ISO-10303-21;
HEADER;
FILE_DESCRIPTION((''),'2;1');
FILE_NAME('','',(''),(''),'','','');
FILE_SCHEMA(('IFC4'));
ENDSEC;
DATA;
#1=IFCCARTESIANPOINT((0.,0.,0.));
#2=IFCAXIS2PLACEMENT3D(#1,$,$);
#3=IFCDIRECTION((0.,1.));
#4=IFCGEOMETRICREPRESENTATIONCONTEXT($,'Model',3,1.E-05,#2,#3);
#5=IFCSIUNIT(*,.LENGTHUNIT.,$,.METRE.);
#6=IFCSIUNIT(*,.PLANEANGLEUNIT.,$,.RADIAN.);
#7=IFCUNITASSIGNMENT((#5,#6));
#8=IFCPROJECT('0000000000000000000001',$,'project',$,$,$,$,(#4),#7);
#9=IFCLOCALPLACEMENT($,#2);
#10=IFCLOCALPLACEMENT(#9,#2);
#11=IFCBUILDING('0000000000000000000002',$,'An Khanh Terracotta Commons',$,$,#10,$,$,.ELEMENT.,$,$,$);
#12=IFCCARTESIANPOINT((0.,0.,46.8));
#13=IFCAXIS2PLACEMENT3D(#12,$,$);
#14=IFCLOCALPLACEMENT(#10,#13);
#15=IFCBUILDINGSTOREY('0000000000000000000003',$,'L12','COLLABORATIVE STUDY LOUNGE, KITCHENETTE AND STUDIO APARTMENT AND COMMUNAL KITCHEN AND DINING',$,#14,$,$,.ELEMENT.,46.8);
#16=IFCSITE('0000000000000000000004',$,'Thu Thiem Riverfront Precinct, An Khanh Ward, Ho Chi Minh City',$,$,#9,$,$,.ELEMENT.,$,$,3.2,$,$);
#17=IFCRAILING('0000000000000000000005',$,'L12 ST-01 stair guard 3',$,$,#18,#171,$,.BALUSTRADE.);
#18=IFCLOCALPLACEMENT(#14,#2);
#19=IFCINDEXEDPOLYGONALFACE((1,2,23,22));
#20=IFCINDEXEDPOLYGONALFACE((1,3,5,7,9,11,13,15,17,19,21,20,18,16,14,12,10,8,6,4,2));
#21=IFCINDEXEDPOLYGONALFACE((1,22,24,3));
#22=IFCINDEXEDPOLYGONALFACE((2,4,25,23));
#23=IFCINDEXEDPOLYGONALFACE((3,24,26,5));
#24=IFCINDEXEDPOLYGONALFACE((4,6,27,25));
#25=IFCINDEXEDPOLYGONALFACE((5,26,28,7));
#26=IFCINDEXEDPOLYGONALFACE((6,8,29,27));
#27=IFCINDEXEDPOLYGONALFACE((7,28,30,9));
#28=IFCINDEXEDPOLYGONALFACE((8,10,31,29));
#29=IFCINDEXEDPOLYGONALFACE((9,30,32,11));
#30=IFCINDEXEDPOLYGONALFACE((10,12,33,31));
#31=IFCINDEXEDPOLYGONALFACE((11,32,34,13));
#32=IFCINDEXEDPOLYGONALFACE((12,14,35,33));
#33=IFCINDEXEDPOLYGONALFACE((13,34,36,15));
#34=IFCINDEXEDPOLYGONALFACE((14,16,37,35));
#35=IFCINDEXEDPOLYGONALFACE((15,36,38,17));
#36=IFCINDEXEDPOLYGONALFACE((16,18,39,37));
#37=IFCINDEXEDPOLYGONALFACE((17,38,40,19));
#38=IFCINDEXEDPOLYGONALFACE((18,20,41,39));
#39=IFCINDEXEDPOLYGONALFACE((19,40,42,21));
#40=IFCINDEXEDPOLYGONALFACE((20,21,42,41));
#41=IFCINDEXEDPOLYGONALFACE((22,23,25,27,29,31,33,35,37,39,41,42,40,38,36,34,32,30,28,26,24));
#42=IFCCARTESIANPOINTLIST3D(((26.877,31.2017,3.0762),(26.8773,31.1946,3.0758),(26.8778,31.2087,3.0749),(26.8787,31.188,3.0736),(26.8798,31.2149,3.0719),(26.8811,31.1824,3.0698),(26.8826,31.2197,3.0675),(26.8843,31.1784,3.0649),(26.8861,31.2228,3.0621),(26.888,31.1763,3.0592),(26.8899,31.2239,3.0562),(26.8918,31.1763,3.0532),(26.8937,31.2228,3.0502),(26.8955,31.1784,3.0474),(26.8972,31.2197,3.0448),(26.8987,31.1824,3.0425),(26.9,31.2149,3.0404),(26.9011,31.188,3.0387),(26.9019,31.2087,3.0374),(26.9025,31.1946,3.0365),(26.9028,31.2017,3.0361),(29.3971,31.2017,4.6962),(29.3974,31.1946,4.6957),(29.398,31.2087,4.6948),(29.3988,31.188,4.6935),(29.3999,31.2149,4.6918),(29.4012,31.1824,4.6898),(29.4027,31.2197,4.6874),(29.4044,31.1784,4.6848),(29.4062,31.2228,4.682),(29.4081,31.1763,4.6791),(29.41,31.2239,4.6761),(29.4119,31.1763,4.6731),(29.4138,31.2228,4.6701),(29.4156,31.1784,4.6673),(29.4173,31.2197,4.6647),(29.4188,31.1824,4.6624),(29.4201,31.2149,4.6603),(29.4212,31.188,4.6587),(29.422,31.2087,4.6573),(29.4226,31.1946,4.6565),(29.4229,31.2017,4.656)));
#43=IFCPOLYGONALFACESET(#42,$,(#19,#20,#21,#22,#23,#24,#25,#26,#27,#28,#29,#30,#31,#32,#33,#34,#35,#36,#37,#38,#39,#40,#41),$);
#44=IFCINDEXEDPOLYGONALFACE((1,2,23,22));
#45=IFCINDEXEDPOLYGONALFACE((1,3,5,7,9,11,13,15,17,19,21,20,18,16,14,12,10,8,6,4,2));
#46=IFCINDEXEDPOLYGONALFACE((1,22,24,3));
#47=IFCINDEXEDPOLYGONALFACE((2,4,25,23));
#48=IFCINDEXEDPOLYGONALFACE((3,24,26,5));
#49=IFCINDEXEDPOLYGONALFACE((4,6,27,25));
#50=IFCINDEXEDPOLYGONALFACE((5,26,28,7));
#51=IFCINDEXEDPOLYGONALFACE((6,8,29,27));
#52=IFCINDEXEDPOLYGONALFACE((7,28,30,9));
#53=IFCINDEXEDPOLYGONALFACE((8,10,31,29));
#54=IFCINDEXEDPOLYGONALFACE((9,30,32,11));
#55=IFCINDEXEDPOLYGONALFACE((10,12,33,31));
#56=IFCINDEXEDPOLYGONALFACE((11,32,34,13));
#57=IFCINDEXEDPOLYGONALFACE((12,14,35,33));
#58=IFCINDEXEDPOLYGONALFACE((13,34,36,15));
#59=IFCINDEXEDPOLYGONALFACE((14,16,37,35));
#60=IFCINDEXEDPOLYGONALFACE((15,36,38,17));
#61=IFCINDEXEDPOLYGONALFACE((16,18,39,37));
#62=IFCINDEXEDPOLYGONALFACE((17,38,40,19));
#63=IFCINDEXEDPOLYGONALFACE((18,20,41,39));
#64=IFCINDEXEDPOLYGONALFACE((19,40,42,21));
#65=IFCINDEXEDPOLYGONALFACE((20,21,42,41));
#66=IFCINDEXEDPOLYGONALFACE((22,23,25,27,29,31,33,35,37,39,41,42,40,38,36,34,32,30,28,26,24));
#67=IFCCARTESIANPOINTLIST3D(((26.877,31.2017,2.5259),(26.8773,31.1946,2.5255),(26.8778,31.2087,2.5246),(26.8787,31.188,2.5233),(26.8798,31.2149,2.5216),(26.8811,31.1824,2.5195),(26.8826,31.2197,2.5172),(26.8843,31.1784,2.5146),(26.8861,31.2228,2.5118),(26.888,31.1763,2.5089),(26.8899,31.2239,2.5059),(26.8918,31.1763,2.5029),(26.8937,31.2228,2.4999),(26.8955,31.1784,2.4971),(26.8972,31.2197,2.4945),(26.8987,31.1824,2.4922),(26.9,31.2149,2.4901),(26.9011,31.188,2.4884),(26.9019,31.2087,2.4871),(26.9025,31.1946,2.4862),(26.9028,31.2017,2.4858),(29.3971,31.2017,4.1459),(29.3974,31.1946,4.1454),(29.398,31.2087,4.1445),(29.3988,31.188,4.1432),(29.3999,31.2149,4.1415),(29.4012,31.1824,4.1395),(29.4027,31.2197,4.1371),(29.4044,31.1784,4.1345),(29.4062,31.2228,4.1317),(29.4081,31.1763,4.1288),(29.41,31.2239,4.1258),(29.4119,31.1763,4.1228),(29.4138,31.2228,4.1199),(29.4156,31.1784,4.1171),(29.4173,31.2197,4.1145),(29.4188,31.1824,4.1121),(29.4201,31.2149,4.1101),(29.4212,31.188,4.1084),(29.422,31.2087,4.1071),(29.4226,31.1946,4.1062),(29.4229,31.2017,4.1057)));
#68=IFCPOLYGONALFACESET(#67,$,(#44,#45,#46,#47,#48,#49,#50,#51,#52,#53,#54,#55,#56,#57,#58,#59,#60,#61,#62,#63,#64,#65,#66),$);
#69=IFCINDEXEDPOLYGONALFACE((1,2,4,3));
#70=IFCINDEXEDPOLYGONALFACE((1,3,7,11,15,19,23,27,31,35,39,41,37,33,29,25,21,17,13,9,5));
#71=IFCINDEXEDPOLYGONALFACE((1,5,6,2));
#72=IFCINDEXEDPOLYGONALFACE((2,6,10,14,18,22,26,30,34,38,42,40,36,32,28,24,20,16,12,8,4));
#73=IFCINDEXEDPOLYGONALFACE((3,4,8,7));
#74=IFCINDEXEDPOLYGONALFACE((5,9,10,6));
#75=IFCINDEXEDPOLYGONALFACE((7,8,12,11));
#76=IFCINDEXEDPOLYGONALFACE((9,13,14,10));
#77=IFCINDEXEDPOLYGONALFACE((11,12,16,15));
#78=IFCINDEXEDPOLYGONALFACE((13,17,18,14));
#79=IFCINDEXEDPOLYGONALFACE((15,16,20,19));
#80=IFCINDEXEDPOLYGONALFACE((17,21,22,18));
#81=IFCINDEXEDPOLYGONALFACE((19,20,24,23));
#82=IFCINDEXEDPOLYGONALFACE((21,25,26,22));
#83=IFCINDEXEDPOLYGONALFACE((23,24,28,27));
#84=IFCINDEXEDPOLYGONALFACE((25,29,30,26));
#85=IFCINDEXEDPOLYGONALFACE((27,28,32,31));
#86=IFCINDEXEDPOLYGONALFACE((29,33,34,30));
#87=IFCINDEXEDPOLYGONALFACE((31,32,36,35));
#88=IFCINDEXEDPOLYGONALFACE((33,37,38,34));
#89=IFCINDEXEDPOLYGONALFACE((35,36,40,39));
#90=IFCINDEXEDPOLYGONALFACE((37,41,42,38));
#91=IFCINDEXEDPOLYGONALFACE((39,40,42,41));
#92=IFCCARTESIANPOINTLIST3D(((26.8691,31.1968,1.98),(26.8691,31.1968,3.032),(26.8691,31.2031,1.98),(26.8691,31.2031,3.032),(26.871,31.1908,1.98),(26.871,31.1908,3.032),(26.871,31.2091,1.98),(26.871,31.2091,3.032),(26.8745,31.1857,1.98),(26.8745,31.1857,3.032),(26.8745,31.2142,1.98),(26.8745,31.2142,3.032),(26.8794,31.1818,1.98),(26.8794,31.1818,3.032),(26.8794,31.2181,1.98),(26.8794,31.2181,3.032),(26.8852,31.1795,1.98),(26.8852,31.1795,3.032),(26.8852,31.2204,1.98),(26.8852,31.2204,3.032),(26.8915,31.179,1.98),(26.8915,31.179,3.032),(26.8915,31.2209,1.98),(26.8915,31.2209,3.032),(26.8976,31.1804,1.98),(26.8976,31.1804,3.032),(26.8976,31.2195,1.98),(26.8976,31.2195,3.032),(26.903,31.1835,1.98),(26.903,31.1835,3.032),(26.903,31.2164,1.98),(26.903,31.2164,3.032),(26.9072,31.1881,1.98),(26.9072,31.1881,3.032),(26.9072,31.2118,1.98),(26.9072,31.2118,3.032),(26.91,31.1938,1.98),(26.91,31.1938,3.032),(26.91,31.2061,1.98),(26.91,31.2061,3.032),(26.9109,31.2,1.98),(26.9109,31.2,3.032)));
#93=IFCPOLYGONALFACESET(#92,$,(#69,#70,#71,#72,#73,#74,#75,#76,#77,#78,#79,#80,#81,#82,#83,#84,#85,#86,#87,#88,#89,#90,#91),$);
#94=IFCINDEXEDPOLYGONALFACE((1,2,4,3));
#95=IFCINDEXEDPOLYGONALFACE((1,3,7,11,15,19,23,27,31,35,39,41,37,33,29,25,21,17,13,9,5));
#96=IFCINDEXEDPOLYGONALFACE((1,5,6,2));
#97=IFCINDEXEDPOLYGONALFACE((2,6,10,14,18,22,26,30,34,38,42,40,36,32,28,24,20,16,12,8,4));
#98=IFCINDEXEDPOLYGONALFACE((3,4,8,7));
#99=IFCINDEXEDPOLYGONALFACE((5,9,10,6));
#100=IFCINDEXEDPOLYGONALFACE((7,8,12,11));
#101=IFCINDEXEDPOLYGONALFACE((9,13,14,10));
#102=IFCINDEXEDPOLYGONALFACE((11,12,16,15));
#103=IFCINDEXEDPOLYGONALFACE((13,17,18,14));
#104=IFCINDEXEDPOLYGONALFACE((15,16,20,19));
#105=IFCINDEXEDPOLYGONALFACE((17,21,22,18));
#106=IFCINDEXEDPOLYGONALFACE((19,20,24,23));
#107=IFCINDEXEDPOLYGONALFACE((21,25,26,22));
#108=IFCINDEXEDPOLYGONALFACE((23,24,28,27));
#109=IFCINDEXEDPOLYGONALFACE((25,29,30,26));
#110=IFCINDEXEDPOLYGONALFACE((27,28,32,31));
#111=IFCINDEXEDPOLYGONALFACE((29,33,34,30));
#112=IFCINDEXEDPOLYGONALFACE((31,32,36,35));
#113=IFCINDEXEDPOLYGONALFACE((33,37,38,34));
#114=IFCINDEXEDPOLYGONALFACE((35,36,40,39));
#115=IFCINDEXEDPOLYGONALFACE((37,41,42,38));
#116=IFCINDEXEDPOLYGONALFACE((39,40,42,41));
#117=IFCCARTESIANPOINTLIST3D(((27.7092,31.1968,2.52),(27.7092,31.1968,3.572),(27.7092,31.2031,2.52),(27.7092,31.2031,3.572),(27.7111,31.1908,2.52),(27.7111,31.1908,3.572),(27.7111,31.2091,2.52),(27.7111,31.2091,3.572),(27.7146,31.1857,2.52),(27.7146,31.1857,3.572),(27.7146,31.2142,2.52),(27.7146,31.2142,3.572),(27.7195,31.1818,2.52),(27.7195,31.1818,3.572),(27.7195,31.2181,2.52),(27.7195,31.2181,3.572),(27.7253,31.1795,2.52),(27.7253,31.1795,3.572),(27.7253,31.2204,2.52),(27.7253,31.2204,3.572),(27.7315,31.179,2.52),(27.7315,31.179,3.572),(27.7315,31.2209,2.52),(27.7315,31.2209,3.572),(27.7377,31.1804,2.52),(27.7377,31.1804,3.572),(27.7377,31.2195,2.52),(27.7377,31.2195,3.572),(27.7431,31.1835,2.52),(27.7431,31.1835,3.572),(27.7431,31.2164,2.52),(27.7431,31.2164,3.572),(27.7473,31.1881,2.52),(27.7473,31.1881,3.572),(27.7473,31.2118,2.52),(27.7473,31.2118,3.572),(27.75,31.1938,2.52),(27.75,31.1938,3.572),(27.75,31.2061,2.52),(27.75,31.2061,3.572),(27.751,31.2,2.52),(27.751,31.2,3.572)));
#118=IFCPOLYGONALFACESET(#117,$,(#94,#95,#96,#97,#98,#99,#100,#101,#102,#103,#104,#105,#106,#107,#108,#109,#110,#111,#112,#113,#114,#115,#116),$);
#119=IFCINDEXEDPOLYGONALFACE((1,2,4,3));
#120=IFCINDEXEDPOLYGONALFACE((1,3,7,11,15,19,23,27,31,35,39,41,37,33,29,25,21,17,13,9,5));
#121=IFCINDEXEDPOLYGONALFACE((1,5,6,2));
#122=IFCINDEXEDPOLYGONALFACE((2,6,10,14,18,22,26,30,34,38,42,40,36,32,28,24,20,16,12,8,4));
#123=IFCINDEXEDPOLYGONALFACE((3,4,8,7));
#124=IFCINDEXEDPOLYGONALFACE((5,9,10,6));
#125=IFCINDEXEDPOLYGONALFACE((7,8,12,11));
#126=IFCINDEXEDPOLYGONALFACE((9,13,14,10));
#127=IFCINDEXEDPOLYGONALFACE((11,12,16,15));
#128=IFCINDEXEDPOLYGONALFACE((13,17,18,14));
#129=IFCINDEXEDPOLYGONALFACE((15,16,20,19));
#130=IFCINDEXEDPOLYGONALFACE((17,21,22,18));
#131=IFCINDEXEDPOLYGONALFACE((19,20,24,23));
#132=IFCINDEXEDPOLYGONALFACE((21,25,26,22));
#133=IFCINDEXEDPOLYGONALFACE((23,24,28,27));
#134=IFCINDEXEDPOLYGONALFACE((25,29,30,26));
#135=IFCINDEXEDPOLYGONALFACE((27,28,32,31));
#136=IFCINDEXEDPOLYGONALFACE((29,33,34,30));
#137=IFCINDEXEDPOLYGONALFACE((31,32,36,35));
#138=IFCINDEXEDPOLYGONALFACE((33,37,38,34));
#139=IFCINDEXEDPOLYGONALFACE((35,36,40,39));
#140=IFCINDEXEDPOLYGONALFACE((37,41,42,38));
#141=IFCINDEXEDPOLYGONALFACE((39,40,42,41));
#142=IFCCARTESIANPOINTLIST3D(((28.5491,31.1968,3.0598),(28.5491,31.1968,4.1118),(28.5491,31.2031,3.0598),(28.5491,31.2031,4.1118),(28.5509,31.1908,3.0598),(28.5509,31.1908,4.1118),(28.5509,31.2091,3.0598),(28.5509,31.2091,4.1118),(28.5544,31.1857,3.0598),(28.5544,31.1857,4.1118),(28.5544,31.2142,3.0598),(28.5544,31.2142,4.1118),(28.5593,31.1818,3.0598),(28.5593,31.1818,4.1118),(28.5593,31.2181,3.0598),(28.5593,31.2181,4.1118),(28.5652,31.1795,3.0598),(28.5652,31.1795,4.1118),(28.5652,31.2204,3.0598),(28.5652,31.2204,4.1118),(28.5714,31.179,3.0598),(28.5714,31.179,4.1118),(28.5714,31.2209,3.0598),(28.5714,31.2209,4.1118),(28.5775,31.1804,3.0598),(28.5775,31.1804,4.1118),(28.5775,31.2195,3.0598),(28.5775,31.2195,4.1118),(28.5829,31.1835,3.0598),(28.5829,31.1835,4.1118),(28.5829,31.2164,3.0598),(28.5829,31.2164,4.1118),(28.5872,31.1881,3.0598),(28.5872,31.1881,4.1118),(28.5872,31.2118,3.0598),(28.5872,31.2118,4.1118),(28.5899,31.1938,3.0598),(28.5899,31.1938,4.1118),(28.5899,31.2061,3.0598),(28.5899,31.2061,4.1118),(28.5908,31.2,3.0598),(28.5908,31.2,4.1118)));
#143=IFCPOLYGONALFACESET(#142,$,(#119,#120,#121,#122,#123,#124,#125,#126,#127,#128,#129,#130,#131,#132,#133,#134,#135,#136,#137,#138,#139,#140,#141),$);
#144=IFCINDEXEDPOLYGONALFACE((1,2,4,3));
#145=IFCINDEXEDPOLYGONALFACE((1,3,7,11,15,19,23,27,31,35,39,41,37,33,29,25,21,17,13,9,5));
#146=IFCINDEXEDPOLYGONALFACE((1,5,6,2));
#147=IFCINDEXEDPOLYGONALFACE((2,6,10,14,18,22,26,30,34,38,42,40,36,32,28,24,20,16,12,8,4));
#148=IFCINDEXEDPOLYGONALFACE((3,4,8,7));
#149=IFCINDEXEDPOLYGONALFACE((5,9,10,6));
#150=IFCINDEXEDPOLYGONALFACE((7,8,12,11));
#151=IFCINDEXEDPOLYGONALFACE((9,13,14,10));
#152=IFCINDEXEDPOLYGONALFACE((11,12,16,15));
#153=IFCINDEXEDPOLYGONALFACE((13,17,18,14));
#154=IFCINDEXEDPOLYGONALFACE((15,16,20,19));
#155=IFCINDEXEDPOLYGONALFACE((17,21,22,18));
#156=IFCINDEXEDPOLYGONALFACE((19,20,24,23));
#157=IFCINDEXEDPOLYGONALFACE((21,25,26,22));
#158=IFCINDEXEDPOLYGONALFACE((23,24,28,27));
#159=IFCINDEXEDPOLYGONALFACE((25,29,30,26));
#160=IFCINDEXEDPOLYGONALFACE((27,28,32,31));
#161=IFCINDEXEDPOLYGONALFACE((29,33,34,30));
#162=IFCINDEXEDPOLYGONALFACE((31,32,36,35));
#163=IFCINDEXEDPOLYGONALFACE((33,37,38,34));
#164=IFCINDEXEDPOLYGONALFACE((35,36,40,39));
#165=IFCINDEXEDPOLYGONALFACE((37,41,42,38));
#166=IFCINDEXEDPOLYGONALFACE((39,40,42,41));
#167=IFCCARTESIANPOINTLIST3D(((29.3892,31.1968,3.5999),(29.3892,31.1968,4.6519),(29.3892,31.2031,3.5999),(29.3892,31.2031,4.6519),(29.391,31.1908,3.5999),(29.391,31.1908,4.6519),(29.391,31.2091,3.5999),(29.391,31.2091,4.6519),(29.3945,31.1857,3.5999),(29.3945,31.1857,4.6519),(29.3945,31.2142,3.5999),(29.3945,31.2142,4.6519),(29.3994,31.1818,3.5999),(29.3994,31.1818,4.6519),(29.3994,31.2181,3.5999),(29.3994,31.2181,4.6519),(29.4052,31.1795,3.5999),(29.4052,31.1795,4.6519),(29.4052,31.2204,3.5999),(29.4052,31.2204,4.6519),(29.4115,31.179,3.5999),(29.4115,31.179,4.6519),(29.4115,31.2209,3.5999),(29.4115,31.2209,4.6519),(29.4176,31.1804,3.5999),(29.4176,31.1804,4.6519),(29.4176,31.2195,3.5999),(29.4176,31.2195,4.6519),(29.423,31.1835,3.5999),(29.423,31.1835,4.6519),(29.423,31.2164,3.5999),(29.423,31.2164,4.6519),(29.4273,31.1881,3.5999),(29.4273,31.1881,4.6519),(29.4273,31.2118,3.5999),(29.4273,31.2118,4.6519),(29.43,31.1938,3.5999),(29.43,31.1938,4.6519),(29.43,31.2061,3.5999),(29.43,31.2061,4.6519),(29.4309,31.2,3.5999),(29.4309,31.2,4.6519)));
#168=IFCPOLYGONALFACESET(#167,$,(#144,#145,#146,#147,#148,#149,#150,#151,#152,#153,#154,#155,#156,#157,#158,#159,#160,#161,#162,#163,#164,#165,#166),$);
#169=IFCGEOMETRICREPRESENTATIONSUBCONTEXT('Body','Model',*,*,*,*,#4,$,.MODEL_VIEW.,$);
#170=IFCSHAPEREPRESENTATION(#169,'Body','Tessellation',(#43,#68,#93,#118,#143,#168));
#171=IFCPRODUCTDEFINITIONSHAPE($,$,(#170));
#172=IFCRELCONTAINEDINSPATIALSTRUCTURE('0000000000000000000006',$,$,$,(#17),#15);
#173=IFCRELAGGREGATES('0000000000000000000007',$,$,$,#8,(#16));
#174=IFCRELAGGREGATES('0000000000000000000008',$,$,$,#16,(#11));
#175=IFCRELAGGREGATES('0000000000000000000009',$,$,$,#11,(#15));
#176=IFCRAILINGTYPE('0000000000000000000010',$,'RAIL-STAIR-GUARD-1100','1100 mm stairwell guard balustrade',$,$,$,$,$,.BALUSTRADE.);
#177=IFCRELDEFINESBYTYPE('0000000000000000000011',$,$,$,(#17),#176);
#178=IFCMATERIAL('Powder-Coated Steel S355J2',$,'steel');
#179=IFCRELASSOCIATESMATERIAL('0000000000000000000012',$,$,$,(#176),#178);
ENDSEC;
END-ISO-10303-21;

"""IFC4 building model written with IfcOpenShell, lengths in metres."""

from ifc_helpers import new_model, si_unit, direction, frame, origin, origin_2d, place, context, subcontext, project, spatial, circle, extrude, material, type_object, element, save


model = new_model("IFC4")

# Units and contexts
model_context = context("Model", 3, precision=1e-05, world=origin(), true_north=direction((0.0, 1.0)))
body_context = subcontext(model_context, "Body", "Model", "MODEL_VIEW")
ifc_project = project(units=[si_unit("LENGTHUNIT", "METRE"), si_unit("PLANEANGLEUNIT", "RADIAN")], contexts=[model_context])

# Site, building, storey
site_placement = place(None, origin())
site = spatial("IfcSite", under=ifc_project, at=site_placement, Name="Thu Thiem Riverfront Precinct, An Khanh Ward, Ho Chi Minh City", CompositionType="ELEMENT", RefElevation=3.2)
building_placement = place(site_placement, origin())
building = spatial("IfcBuilding", under=site, at=building_placement, Name="An Khanh Terracotta Commons", CompositionType="ELEMENT")
storey_placement = place(building_placement, frame((0.0, 0.0, 46.8)))
storey = spatial("IfcBuildingStorey", under=building, at=storey_placement, Name="L12", Description="COLLABORATIVE STUDY LOUNGE, KITCHENETTE AND STUDIO APARTMENT AND COMMUNAL KITCHEN AND DINING", CompositionType="ELEMENT", Elevation=46.8)

# Railing
ifc_material_1 = material(Name="Powder-Coated Steel S355J2", Category="steel")
railing_type_1 = type_object("IfcRailingType", Name="RAIL-STAIR-GUARD-1100", Description="1100 mm stairwell guard balustrade", PredefinedType="BALUSTRADE", material=ifc_material_1)
railing_1_placement = place(storey_placement, frame((26.8899, 31.2, 1.98)))
element("IfcRailing", 1, at=railing_1_placement, inside=storey, type_object=railing_type_1, Name="L12 ST-01 stair guard 3", PredefinedType="BALUSTRADE", context=body_context, shape_type="SweptSolid", body=[
    extrude(circle(Radius=0.0239, at=origin_2d()), frame((0.0, 0.0, 1.0762), z_axis=(0.8412, 0.0, 0.540725), x_axis=(0.0, 1.0, 0.0)), (0.0, 0.0, 1.0), 2.9958),
    extrude(circle(Radius=0.0239, at=origin_2d()), frame((0.0, 0.0, 0.5259), z_axis=(0.8412, 0.0, 0.540725), x_axis=(0.0, 1.0, 0.0)), (0.0, 0.0, 1.0), 2.9958),
    extrude(circle(Radius=0.021, at=origin_2d()), origin(), (0.0, 0.0, 1.0), 1.052),
    extrude(circle(Radius=0.021, at=origin_2d()), frame((0.8401, 0.0, 0.54)), (0.0, 0.0, 1.0), 1.052),
    extrude(circle(Radius=0.021, at=origin_2d()), frame((1.6799, 0.0, 1.0798)), (0.0, 0.0, 1.0), 1.052),
    extrude(circle(Radius=0.021, at=origin_2d()), frame((2.52, 0.0, 1.6199)), (0.0, 0.0, 1.0), 1.052),
])

save(model, "model.ifc")
